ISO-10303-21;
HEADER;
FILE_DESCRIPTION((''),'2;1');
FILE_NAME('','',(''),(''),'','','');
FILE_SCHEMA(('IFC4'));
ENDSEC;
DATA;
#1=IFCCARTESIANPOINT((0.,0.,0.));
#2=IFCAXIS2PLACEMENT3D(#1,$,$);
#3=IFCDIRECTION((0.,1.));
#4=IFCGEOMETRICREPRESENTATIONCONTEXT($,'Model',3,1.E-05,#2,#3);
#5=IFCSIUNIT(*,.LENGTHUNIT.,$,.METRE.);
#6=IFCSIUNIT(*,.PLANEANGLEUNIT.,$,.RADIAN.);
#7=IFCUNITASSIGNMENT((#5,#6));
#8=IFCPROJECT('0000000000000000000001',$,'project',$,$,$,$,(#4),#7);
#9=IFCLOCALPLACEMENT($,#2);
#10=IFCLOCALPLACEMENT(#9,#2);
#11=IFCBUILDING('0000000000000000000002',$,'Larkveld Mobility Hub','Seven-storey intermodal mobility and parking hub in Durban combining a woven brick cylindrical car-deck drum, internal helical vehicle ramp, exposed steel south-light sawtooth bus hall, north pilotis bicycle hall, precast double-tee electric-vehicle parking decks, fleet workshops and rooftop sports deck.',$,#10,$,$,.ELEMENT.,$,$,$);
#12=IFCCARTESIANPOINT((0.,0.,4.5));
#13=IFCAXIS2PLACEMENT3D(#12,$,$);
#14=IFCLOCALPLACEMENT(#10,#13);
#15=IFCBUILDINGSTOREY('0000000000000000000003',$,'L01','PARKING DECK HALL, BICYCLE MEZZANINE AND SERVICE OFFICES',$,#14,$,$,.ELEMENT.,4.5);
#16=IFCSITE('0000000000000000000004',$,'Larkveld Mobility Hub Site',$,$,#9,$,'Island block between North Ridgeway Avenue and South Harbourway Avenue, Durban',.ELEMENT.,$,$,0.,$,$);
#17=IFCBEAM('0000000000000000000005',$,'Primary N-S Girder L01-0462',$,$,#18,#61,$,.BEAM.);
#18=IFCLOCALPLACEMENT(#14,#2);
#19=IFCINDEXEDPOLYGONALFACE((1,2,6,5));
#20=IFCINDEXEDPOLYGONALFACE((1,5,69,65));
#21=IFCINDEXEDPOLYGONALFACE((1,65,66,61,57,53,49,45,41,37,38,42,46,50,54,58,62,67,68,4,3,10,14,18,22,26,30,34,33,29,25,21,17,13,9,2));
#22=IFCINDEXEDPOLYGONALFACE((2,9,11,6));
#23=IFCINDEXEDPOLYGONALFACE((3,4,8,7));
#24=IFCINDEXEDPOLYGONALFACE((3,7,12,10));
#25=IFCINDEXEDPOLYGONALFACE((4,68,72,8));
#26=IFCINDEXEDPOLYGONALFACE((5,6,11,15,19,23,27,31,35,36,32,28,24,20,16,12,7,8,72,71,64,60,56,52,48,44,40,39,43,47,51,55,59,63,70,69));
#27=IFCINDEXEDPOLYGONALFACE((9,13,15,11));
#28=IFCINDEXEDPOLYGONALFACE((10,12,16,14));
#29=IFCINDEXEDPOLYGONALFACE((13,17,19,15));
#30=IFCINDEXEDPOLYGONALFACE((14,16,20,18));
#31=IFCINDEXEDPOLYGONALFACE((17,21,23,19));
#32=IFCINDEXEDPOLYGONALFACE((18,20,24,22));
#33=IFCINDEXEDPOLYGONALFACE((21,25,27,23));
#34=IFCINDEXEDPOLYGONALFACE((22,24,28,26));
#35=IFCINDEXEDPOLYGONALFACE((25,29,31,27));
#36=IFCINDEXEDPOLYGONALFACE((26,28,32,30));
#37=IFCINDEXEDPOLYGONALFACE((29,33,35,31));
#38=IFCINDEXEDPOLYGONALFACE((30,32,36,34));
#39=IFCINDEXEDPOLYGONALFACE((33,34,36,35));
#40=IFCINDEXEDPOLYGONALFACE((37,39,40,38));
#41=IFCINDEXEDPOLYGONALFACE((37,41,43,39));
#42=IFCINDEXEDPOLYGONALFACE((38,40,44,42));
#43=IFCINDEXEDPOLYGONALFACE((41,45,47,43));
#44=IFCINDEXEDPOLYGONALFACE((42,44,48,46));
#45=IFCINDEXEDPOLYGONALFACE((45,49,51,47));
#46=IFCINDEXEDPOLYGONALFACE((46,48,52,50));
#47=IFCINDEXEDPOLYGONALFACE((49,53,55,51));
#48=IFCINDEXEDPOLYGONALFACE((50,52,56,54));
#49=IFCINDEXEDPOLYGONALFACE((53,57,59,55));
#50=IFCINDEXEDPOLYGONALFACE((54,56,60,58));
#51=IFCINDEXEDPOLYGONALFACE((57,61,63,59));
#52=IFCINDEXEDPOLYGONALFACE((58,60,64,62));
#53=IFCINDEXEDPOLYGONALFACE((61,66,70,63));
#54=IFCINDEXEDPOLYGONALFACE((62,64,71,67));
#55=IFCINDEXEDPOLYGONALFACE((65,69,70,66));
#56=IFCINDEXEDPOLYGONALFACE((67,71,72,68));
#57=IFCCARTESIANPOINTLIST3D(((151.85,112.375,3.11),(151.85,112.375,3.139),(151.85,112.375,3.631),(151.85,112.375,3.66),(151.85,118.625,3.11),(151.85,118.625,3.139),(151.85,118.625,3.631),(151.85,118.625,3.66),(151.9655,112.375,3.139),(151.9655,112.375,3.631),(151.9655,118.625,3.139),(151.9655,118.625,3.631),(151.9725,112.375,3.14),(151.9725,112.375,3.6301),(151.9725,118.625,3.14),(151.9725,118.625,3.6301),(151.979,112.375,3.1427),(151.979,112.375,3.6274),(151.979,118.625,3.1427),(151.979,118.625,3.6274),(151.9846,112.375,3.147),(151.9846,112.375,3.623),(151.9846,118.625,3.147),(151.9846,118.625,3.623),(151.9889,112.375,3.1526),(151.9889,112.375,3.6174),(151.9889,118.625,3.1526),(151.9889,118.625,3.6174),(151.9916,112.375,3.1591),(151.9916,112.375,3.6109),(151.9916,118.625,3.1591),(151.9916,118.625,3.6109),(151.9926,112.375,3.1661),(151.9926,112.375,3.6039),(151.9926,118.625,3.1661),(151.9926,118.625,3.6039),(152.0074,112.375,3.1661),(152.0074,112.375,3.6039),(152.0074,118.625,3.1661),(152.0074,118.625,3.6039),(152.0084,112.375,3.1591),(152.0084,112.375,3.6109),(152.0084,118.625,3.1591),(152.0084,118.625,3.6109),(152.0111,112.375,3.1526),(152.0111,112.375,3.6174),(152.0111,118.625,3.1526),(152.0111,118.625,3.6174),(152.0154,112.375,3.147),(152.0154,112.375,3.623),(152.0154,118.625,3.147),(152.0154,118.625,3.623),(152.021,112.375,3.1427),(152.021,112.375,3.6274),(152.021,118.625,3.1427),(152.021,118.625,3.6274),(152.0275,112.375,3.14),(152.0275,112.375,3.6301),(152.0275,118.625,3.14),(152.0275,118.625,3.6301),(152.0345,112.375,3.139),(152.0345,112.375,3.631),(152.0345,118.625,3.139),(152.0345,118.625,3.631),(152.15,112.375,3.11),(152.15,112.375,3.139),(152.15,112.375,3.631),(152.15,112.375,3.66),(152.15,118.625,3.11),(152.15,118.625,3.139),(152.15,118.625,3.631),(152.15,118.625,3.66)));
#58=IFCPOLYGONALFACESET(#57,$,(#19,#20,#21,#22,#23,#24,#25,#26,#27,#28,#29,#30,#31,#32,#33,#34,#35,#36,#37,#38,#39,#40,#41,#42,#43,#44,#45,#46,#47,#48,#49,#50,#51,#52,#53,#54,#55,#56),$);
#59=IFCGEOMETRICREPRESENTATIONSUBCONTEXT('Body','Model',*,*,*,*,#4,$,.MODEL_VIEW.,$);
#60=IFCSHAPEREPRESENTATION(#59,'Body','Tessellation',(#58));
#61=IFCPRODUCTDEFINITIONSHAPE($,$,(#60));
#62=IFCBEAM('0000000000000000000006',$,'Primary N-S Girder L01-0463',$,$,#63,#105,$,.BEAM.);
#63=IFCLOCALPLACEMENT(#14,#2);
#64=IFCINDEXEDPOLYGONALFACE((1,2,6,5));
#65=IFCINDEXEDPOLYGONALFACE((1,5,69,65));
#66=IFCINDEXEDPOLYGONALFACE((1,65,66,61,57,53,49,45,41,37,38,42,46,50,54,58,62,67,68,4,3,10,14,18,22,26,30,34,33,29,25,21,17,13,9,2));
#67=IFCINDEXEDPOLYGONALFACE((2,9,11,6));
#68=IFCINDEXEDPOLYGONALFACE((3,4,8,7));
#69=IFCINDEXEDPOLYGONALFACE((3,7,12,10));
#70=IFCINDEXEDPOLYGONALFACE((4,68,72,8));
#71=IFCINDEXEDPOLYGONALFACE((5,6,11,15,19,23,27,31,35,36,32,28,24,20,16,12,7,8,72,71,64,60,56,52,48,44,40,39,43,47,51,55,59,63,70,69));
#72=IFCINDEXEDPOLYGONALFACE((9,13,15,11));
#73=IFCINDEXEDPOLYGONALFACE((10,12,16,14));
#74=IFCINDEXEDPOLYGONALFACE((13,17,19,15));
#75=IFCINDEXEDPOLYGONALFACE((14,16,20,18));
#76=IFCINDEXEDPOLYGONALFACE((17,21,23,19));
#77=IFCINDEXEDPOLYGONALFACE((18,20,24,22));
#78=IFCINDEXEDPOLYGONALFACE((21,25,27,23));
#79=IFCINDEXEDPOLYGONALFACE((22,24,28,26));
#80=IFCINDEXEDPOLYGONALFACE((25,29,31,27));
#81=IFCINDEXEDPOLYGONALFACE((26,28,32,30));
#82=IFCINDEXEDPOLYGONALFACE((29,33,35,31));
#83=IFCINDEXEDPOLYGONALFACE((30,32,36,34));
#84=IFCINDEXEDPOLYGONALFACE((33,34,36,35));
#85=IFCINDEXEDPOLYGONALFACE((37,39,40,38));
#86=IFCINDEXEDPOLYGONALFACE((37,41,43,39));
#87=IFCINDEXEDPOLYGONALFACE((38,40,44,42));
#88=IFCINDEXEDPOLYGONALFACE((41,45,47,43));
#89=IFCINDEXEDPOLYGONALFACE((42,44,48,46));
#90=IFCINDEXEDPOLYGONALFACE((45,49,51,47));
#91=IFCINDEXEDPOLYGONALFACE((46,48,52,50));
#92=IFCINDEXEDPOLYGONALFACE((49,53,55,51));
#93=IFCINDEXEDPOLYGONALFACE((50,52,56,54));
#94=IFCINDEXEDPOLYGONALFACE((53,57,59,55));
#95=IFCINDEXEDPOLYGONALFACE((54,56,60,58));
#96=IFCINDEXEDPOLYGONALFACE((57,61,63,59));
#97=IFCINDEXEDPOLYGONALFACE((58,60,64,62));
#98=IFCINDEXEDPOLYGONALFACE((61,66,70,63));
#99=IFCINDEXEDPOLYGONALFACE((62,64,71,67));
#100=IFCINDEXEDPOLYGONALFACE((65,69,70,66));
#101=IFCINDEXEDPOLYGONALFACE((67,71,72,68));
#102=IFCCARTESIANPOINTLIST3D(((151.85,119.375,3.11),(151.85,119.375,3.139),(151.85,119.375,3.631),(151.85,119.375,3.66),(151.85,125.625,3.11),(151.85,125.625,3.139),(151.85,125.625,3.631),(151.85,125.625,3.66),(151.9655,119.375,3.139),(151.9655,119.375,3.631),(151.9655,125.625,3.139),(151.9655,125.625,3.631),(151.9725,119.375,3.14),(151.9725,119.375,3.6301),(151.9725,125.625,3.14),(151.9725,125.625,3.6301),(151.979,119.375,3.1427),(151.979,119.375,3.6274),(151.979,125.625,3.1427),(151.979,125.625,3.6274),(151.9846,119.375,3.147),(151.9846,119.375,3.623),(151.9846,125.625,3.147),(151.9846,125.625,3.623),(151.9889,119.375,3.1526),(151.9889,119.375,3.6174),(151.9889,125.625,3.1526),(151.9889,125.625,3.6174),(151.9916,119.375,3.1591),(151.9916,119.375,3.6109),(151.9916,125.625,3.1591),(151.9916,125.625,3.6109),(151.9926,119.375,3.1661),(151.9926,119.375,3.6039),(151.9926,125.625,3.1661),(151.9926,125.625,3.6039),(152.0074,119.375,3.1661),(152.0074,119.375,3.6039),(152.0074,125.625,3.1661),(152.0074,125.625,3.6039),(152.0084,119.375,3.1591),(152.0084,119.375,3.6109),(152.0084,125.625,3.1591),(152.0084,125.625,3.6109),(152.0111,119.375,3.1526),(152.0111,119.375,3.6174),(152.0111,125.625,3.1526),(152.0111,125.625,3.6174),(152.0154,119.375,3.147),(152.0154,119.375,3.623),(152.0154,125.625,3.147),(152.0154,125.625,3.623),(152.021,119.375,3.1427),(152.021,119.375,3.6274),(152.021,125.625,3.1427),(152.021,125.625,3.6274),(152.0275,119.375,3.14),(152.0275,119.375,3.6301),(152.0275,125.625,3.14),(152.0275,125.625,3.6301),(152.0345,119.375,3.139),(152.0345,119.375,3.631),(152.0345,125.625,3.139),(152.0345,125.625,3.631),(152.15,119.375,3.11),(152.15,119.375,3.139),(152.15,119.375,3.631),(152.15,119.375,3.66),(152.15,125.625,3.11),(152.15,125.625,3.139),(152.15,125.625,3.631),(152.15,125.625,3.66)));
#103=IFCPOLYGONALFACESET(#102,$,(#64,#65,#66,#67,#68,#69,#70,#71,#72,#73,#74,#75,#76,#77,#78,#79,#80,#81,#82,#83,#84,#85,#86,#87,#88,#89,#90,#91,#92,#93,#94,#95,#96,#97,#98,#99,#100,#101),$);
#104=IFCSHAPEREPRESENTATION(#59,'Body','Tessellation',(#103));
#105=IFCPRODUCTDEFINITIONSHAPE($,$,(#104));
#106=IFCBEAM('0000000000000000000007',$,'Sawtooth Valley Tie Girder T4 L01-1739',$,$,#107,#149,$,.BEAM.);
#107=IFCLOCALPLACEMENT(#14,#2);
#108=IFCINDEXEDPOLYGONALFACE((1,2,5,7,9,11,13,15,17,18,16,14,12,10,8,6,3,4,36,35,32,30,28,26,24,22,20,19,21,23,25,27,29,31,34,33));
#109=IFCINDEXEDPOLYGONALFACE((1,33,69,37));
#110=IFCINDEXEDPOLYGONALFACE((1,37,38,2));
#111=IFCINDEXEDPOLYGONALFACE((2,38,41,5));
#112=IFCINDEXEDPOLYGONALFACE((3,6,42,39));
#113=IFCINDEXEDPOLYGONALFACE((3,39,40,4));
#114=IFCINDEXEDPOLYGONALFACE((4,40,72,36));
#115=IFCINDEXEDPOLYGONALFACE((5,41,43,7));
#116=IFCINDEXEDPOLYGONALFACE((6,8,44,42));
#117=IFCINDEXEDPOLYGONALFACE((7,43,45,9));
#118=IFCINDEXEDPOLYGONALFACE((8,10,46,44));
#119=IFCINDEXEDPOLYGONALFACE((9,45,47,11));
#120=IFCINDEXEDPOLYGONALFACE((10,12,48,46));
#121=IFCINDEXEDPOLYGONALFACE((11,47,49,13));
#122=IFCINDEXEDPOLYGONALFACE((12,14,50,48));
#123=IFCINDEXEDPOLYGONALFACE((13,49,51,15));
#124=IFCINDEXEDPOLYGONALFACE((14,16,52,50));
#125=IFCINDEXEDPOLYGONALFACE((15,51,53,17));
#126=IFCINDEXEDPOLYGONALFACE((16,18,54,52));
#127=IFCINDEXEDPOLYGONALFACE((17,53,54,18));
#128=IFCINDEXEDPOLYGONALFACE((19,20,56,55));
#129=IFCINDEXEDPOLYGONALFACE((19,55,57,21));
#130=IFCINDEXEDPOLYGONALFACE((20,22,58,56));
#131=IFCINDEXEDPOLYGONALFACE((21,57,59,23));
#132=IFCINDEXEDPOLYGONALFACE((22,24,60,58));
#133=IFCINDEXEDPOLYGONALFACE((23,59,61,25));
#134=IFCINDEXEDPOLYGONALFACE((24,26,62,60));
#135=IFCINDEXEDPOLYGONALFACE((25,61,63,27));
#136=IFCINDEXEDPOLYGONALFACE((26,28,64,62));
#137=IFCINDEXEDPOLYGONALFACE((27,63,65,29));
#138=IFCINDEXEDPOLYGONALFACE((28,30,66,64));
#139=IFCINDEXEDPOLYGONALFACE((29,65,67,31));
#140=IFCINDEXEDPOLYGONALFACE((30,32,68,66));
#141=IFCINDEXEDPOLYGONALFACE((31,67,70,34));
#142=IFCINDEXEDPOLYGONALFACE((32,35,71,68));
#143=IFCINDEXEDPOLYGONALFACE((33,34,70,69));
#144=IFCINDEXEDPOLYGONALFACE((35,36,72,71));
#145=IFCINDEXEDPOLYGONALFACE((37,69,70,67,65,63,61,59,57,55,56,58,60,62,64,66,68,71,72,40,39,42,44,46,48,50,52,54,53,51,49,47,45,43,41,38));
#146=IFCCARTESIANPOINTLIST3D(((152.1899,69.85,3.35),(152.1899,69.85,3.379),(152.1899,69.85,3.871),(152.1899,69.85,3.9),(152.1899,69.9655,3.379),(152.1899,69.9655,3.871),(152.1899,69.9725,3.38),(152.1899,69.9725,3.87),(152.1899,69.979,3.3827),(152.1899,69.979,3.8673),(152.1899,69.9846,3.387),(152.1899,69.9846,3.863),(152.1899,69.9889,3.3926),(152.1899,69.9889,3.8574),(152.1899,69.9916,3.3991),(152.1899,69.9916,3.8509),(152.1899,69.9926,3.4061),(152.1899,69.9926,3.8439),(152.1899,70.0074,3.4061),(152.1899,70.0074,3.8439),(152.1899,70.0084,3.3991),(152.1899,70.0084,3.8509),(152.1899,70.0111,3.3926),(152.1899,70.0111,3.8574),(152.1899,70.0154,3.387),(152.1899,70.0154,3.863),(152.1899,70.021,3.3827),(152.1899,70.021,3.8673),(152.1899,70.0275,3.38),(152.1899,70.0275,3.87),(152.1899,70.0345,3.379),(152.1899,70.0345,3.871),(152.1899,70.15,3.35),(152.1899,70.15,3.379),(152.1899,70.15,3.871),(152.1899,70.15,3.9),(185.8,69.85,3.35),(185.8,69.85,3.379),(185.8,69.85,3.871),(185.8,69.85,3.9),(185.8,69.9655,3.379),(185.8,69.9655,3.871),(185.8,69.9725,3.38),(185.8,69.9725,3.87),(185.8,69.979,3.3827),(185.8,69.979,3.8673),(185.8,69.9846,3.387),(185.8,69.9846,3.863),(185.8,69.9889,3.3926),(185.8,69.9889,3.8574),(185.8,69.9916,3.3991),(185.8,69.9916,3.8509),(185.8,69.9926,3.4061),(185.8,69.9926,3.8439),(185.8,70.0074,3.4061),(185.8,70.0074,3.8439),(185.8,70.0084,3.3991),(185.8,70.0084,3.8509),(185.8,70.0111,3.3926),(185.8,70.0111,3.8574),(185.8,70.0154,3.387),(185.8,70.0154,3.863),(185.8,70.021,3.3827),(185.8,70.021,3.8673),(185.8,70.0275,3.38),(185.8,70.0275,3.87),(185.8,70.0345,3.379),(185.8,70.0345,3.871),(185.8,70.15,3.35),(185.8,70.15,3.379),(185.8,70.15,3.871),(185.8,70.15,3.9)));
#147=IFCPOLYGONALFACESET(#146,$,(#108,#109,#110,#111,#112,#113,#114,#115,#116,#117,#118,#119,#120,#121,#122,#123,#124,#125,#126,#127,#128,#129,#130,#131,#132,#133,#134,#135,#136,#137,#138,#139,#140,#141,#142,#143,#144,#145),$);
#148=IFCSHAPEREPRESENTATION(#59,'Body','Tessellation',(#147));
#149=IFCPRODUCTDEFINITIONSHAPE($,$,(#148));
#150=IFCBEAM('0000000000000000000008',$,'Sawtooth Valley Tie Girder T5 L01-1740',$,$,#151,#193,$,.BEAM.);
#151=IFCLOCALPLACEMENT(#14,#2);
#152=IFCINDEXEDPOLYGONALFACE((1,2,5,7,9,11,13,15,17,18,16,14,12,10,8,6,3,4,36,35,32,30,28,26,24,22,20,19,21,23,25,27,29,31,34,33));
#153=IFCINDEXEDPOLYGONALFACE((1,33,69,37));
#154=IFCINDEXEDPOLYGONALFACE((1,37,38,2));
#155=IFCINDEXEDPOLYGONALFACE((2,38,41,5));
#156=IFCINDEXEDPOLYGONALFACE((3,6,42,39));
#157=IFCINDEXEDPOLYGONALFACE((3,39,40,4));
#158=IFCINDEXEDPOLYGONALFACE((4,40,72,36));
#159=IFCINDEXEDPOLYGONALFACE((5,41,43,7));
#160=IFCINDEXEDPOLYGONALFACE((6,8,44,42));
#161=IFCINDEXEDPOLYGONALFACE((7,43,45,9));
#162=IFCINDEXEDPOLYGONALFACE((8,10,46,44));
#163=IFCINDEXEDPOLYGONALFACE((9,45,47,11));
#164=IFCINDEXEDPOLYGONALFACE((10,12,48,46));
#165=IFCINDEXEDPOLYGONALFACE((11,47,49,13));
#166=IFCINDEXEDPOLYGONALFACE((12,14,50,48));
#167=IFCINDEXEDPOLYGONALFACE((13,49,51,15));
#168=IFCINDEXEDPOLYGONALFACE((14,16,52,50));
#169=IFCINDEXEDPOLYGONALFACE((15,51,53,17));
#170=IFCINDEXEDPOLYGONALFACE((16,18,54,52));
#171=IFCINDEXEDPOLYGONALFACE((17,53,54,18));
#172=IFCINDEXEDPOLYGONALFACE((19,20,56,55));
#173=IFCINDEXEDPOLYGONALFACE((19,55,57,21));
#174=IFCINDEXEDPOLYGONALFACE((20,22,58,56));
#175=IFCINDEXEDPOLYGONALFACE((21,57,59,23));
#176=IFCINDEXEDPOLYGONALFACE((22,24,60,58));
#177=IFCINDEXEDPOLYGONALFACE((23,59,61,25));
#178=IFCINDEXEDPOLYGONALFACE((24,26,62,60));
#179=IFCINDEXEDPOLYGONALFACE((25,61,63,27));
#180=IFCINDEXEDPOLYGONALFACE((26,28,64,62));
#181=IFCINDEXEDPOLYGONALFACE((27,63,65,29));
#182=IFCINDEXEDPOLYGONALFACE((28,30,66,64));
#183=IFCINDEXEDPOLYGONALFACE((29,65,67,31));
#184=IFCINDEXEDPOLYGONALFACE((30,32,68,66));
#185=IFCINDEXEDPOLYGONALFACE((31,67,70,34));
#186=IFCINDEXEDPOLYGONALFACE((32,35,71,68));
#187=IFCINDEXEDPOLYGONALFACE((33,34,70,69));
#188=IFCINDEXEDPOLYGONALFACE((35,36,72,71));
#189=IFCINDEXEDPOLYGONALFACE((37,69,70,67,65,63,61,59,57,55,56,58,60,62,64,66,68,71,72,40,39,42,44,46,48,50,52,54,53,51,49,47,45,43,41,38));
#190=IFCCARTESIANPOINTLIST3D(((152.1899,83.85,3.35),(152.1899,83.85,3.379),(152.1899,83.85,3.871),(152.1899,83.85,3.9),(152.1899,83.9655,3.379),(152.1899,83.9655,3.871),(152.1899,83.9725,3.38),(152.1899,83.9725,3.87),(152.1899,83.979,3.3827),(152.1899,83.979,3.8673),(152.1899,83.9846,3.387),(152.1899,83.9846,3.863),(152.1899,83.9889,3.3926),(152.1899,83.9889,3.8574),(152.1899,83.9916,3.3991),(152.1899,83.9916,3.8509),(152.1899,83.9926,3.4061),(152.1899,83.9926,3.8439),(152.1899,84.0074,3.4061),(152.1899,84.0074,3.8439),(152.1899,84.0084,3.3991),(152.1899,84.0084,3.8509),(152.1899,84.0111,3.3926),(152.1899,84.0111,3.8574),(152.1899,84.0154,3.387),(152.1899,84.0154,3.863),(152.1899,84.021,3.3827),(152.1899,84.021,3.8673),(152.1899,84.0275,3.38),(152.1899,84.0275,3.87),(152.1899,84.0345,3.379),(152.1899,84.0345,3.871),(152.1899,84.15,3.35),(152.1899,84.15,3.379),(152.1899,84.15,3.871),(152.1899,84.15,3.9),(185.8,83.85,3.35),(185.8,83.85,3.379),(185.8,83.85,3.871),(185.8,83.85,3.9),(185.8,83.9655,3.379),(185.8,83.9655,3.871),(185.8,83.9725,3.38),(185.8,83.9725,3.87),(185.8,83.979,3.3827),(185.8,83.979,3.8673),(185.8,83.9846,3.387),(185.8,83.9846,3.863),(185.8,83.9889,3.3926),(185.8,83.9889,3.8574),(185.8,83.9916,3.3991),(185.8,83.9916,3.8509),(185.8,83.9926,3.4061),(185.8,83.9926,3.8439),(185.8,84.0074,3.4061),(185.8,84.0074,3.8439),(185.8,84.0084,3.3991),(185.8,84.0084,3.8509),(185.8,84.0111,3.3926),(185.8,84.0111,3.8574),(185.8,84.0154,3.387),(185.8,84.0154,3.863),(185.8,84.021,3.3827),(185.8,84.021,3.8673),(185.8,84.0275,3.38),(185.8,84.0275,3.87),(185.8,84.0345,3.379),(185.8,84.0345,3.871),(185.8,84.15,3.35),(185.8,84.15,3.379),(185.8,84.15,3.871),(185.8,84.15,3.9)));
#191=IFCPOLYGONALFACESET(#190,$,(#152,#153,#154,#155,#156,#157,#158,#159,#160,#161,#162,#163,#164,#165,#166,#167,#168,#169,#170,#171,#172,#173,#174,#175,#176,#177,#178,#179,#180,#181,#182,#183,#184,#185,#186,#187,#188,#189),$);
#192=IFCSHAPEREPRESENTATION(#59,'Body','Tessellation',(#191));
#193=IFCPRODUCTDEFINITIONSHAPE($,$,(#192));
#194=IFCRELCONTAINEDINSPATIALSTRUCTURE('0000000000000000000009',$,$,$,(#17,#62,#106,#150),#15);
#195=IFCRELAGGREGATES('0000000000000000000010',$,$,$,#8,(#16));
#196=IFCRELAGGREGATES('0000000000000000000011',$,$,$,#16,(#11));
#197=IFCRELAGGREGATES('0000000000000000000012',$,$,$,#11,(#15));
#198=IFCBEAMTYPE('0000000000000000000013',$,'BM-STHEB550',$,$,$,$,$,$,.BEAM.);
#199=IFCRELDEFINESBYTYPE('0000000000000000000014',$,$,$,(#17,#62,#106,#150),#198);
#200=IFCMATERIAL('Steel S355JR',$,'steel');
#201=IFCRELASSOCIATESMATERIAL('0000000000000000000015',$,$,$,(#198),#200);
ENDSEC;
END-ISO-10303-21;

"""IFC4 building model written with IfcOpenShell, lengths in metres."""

from ifc_helpers import new_model, si_unit, direction, frame, origin, origin_2d, place, context, subcontext, project, spatial, i_section, extrude, material, material_profile, profile_set, type_object, element, save


model = new_model("IFC4")

# Units and contexts
model_context = context("Model", 3, precision=1e-05, world=origin(), true_north=direction((0.0, 1.0)))
body_context = subcontext(model_context, "Body", "Model", "MODEL_VIEW")
ifc_project = project(units=[si_unit("LENGTHUNIT", "METRE"), si_unit("PLANEANGLEUNIT", "RADIAN")], contexts=[model_context])

# Site, building, storey
site_placement = place(None, origin())
site = spatial("IfcSite", under=ifc_project, at=site_placement, Name="Larkveld Mobility Hub Site", LongName="Island block between North Ridgeway Avenue and South Harbourway Avenue, Durban", CompositionType="ELEMENT", RefElevation=0.0)
building_placement = place(site_placement, origin())
building = spatial("IfcBuilding", under=site, at=building_placement, Name="Larkveld Mobility Hub", Description="Seven-storey intermodal mobility and parking hub in Durban combining a woven brick cylindrical car-deck drum, internal helical vehicle ramp, exposed steel south-light sawtooth bus hall, north pilotis bicycle hall, precast double-tee electric-vehicle parking decks, fleet workshops and rooftop sports deck.", CompositionType="ELEMENT")
storey_placement = place(building_placement, frame((0.0, 0.0, 4.5)))
storey = spatial("IfcBuildingStorey", under=building, at=storey_placement, Name="L01", Description="PARKING DECK HALL, BICYCLE MEZZANINE AND SERVICE OFFICES", CompositionType="ELEMENT", Elevation=4.5)

# Beams
ifc_material_1 = material(Name="Steel S355JR", Category="steel")
ifc_material_profile_1 = material_profile(ifc_material_1, i_section(OverallWidth=0.3, OverallDepth=0.55, WebThickness=0.0149, FlangeThickness=0.0291, FilletRadius=0.0271, at=origin_2d()), Name="HEB 550")
ifc_profile_set_1 = profile_set([ifc_material_profile_1], Name="Steel S355JR")
beam_type = type_object("IfcBeamType", Name="BM-STHEB550", PredefinedType="BEAM", material=ifc_profile_set_1)
for number, where, z_axis, x_axis, name in (
    (1, (152.0, 112.375, 3.385), (0.0, 1.0, 0.0), (-1.0, 0.0, 0.0), "Primary N-S Girder L01-0462"),
    (2, (152.0, 119.375, 3.385), (0.0, 1.0, 0.0), (-1.0, 0.0, 0.0), "Primary N-S Girder L01-0463"),
):
    element("IfcBeam", number, at=place(storey_placement, frame(where, z_axis=z_axis, x_axis=x_axis)), inside=storey, type_object=beam_type, Name=name, PredefinedType="BEAM", context=body_context, shape_type="SweptSolid", body=[
        extrude(i_section(OverallWidth=0.3, OverallDepth=0.55, WebThickness=0.0149, FlangeThickness=0.0291, FilletRadius=0.0271, at=origin_2d()), origin(), (0.0, 0.0, 1.0), 6.25),
    ])
for number, where, z_axis, x_axis, name in (
    (3, (152.1899, 70.0, 3.625), (1.0, 0.0, 0.0), (0.0, 1.0, 0.0), "Sawtooth Valley Tie Girder T4 L01-1739"),
    (4, (152.1899, 84.0, 3.625), (1.0, 0.0, 0.0), (0.0, 1.0, 0.0), "Sawtooth Valley Tie Girder T5 L01-1740"),
):
    element("IfcBeam", number, at=place(storey_placement, frame(where, z_axis=z_axis, x_axis=x_axis)), inside=storey, type_object=beam_type, Name=name, PredefinedType="BEAM", context=body_context, shape_type="SweptSolid", body=[
        extrude(i_section(OverallWidth=0.3, OverallDepth=0.55, WebThickness=0.0149, FlangeThickness=0.0291, FilletRadius=0.0271, at=origin_2d()), origin(), (0.0, 0.0, 1.0), 33.6101),
    ])

save(model, "model.ifc")
